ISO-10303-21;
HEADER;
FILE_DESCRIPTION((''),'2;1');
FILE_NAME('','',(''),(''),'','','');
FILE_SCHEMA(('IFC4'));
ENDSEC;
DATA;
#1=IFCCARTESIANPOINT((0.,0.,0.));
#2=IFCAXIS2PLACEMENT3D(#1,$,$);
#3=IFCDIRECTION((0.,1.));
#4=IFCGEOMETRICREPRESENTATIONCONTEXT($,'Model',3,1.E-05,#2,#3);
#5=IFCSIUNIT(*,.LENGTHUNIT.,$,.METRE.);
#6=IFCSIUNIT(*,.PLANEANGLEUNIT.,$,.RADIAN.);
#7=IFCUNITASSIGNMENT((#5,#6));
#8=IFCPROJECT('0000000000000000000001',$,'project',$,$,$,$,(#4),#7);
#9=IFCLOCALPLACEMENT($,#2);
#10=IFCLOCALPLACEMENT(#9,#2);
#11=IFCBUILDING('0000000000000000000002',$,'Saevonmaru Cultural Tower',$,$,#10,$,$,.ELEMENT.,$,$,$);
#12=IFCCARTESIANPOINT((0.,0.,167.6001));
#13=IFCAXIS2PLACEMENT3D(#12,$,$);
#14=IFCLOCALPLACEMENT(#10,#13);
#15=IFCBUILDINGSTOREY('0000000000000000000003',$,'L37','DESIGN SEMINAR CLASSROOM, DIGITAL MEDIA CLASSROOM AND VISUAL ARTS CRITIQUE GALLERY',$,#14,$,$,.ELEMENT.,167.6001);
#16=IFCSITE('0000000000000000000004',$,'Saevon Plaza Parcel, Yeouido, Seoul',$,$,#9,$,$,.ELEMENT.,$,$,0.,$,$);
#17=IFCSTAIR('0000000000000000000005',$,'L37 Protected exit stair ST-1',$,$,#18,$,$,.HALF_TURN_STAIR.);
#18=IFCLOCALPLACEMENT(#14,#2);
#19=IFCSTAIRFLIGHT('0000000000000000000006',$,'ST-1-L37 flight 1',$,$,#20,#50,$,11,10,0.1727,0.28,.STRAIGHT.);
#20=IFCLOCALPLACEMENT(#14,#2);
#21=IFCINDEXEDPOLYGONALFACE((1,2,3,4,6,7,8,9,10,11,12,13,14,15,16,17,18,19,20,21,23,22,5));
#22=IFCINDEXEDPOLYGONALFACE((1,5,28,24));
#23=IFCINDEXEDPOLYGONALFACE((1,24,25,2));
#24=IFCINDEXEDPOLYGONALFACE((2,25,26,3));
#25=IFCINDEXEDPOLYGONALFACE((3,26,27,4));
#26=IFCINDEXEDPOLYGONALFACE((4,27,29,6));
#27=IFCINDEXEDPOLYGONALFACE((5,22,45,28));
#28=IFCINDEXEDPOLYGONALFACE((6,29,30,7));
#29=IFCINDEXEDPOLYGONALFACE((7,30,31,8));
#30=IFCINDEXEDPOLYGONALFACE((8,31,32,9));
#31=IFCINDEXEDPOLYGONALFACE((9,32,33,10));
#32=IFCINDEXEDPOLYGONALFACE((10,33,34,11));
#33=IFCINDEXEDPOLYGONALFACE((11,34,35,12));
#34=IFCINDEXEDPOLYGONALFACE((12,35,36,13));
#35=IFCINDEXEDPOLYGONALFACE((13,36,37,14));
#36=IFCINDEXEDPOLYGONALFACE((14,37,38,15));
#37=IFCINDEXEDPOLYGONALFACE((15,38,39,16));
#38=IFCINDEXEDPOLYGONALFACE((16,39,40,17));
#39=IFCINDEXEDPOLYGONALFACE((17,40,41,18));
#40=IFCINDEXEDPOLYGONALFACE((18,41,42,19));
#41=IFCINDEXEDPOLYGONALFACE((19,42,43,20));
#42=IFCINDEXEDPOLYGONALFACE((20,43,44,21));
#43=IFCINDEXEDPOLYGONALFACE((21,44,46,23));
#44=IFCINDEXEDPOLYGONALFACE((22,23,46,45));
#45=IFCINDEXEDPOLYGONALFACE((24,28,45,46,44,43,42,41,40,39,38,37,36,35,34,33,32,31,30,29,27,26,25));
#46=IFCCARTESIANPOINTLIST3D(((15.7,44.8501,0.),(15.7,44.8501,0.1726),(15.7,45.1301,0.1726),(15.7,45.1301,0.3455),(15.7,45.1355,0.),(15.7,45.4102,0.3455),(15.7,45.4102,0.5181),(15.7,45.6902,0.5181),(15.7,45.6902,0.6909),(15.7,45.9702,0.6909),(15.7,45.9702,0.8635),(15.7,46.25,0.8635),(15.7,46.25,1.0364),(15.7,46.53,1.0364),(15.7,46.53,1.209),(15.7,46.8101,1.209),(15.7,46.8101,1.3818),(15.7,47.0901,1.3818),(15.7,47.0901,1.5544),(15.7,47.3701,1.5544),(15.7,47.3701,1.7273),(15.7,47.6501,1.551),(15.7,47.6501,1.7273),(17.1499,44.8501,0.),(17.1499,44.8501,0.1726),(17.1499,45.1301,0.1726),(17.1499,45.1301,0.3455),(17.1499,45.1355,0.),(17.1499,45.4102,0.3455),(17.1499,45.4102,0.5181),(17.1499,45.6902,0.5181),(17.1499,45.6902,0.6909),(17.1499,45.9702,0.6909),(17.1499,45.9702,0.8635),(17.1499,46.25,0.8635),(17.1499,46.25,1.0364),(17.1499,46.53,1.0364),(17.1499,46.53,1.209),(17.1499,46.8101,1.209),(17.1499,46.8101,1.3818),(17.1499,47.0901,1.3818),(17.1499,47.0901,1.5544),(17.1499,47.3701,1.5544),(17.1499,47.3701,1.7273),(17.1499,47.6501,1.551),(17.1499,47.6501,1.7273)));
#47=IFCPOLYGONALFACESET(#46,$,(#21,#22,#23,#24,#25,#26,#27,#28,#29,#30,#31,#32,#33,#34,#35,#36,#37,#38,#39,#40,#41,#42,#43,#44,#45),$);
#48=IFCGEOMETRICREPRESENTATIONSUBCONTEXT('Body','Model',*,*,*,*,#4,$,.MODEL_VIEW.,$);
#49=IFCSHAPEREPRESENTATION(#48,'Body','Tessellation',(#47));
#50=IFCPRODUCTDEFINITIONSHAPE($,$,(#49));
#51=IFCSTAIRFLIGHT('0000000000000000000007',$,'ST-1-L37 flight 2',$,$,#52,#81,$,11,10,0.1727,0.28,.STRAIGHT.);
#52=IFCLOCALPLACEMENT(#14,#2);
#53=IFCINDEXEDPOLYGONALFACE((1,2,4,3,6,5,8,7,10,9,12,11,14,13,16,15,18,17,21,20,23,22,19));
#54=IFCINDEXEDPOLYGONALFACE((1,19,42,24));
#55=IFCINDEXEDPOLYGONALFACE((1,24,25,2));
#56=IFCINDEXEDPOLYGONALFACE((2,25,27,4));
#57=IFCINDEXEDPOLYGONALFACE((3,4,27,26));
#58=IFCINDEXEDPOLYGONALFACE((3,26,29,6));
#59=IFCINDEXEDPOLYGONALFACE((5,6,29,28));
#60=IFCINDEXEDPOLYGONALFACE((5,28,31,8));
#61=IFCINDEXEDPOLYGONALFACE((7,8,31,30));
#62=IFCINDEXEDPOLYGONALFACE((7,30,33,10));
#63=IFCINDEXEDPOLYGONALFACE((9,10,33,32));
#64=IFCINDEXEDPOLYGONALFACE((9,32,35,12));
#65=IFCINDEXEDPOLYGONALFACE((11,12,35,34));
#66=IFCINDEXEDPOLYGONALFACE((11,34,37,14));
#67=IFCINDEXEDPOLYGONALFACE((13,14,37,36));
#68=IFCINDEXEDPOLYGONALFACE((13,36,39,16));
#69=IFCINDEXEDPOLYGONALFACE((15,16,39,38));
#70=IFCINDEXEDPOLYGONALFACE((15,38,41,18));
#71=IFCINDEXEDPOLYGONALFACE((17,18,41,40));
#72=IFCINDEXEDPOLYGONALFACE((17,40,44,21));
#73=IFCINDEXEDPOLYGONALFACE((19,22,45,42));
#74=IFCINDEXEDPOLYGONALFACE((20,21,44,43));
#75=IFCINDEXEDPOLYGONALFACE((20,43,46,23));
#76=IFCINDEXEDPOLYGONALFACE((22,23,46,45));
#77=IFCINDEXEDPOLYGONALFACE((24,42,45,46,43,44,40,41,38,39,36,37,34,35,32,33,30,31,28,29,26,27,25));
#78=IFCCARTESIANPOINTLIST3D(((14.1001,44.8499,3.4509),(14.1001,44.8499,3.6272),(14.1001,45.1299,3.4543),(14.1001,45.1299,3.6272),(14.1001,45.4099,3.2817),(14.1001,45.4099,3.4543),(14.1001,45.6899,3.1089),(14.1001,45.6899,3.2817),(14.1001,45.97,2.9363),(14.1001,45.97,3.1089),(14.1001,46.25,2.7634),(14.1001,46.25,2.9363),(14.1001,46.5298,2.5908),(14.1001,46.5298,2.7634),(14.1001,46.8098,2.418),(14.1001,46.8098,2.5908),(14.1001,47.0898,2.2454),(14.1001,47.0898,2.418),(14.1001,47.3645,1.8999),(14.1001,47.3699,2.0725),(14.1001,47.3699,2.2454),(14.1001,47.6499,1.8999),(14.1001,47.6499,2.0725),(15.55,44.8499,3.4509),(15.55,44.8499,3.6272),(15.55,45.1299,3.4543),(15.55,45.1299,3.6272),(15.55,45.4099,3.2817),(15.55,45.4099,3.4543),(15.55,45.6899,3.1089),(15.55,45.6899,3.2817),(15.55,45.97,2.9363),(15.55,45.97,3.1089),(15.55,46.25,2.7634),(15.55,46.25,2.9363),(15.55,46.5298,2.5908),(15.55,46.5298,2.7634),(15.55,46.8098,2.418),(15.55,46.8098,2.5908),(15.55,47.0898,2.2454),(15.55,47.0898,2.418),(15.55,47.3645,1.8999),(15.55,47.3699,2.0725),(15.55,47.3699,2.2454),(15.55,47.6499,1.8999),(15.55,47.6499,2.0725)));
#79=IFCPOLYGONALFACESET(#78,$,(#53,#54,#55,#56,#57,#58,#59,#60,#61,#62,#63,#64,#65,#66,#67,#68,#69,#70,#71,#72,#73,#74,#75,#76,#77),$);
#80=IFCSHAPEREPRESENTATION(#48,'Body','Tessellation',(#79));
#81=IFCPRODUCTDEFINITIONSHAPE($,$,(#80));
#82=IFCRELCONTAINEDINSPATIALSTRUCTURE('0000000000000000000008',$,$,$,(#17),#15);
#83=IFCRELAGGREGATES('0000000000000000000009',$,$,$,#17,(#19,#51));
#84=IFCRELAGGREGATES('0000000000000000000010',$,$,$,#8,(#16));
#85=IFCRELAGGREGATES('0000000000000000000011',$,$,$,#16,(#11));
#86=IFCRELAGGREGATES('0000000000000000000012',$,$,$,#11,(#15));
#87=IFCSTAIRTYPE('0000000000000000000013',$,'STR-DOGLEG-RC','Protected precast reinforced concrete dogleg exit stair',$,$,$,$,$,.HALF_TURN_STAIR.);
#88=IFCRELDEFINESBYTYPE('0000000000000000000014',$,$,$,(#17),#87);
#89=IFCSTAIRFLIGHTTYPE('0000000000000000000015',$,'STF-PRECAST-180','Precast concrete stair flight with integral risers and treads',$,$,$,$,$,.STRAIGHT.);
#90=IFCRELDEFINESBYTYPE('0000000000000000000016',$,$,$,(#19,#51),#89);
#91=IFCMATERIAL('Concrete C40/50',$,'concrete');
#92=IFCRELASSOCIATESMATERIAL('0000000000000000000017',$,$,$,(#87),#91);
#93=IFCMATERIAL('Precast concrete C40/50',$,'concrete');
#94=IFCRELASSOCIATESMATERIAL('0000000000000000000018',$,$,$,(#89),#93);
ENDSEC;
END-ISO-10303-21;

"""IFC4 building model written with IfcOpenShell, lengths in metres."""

from ifc_helpers import new_model, si_unit, direction, frame, origin, place, context, subcontext, project, spatial, polyline, outline, extrude, material, type_object, element, aggregate, save


model = new_model("IFC4")

# Units and contexts
model_context = context("Model", 3, precision=1e-05, world=origin(), true_north=direction((0.0, 1.0)))
body_context = subcontext(model_context, "Body", "Model", "MODEL_VIEW")
ifc_project = project(units=[si_unit("LENGTHUNIT", "METRE"), si_unit("PLANEANGLEUNIT", "RADIAN")], contexts=[model_context])

# Site, building, storey
site_placement = place(None, origin())
site = spatial("IfcSite", under=ifc_project, at=site_placement, Name="Saevon Plaza Parcel, Yeouido, Seoul", CompositionType="ELEMENT", RefElevation=0.0)
building_placement = place(site_placement, origin())
building = spatial("IfcBuilding", under=site, at=building_placement, Name="Saevonmaru Cultural Tower", CompositionType="ELEMENT")
storey_placement = place(building_placement, frame((0.0, 0.0, 167.6001)))
storey = spatial("IfcBuildingStorey", under=building, at=storey_placement, Name="L37", Description="DESIGN SEMINAR CLASSROOM, DIGITAL MEDIA CLASSROOM AND VISUAL ARTS CRITIQUE GALLERY", CompositionType="ELEMENT", Elevation=167.6001)

# Shared definitions
ifc_material_1 = material(Name="Concrete C40/50", Category="concrete")

# Stair, stair flights
stair_type = type_object("IfcStairType", Name="STR-DOGLEG-RC", Description="Protected precast reinforced concrete dogleg exit stair", PredefinedType="HALF_TURN_STAIR", material=ifc_material_1)
stair_placement = place(storey_placement, origin())
stair = element("IfcStair", 1, at=stair_placement, inside=storey, type_object=stair_type, Name="L37 Protected exit stair ST-1", PredefinedType="HALF_TURN_STAIR")
ifc_material_2 = material(Name="Precast concrete C40/50", Category="concrete")
stair_flight_type = type_object("IfcStairFlightType", Name="STF-PRECAST-180", Description="Precast concrete stair flight with integral risers and treads", PredefinedType="STRAIGHT", material=ifc_material_2)
stair_flight_1_placement = place(storey_placement, frame((16.425, 44.8501, 0.0), z_axis=(0.0, 0.0, 1.0), x_axis=(0.0, 1.0, 0.0)))
stair_flight_1 = element("IfcStairFlight", 2, at=stair_flight_1_placement, type_object=stair_flight_type, Name="ST-1-L37 flight 1", NumberOfRisers=11, NumberOfTreads=10, PredefinedType="STRAIGHT", RiserHeight=0.1727, TreadLength=0.28, context=body_context, shape_type="SweptSolid", body=[
    extrude(outline(polyline([(0.0, 0.0), (0.0, 0.1726), (0.28, 0.1726), (0.28, 0.3455), (0.5601, 0.3455), (0.5601, 0.5181), (0.8401, 0.5181), (0.8401, 0.6909), (1.1201, 0.6909), (1.1201, 0.8635), (1.3999, 0.8635), (1.3999, 1.0364), (1.6799, 1.0364), (1.6799, 1.209), (1.96, 1.209), (1.96, 1.3818), (2.24, 1.3818), (2.24, 1.5544), (2.52, 1.5544), (2.52, 1.7273), (2.8, 1.7273), (2.8, 1.8999), (2.8, 1.551), (0.2854, 0.0), (0.0, 0.0)])), frame((0.0, 0.7251, 0.0), z_axis=(0.0, -1.0, 0.0), x_axis=(1.0, 0.0, 0.0)), (0.0, 0.0, 1.0), 1.45),
])
stair_flight_2_placement = place(storey_placement, frame((14.825, 47.6499, 1.8999), z_axis=(0.0, 0.0, 1.0), x_axis=(0.0, -1.0, 0.0)))
stair_flight_2 = element("IfcStairFlight", 3, at=stair_flight_2_placement, type_object=stair_flight_type, Name="ST-1-L37 flight 2", NumberOfRisers=11, NumberOfTreads=10, PredefinedType="STRAIGHT", RiserHeight=0.1727, TreadLength=0.28, context=body_context, shape_type="SweptSolid", body=[
    extrude(outline(polyline([(0.0, 0.0), (0.0, 0.1726), (0.28, 0.1726), (0.28, 0.3455), (0.5601, 0.3455), (0.5601, 0.5181), (0.8401, 0.5181), (0.8401, 0.6909), (1.1201, 0.6909), (1.1201, 0.8635), (1.3999, 0.8635), (1.3999, 1.0364), (1.6799, 1.0364), (1.6799, 1.209), (1.96, 1.209), (1.96, 1.3818), (2.24, 1.3818), (2.24, 1.5544), (2.52, 1.5544), (2.52, 1.7273), (2.8, 1.7273), (2.8, 1.8999), (2.8, 1.551), (0.2854, 0.0), (0.0, 0.0)])), frame((0.0, 0.7251, 0.0), z_axis=(0.0, -1.0, 0.0), x_axis=(1.0, 0.0, 0.0)), (0.0, 0.0, 1.0), 1.45),
])
aggregate(stair, [stair_flight_1, stair_flight_2])

save(model, "model.ifc")
